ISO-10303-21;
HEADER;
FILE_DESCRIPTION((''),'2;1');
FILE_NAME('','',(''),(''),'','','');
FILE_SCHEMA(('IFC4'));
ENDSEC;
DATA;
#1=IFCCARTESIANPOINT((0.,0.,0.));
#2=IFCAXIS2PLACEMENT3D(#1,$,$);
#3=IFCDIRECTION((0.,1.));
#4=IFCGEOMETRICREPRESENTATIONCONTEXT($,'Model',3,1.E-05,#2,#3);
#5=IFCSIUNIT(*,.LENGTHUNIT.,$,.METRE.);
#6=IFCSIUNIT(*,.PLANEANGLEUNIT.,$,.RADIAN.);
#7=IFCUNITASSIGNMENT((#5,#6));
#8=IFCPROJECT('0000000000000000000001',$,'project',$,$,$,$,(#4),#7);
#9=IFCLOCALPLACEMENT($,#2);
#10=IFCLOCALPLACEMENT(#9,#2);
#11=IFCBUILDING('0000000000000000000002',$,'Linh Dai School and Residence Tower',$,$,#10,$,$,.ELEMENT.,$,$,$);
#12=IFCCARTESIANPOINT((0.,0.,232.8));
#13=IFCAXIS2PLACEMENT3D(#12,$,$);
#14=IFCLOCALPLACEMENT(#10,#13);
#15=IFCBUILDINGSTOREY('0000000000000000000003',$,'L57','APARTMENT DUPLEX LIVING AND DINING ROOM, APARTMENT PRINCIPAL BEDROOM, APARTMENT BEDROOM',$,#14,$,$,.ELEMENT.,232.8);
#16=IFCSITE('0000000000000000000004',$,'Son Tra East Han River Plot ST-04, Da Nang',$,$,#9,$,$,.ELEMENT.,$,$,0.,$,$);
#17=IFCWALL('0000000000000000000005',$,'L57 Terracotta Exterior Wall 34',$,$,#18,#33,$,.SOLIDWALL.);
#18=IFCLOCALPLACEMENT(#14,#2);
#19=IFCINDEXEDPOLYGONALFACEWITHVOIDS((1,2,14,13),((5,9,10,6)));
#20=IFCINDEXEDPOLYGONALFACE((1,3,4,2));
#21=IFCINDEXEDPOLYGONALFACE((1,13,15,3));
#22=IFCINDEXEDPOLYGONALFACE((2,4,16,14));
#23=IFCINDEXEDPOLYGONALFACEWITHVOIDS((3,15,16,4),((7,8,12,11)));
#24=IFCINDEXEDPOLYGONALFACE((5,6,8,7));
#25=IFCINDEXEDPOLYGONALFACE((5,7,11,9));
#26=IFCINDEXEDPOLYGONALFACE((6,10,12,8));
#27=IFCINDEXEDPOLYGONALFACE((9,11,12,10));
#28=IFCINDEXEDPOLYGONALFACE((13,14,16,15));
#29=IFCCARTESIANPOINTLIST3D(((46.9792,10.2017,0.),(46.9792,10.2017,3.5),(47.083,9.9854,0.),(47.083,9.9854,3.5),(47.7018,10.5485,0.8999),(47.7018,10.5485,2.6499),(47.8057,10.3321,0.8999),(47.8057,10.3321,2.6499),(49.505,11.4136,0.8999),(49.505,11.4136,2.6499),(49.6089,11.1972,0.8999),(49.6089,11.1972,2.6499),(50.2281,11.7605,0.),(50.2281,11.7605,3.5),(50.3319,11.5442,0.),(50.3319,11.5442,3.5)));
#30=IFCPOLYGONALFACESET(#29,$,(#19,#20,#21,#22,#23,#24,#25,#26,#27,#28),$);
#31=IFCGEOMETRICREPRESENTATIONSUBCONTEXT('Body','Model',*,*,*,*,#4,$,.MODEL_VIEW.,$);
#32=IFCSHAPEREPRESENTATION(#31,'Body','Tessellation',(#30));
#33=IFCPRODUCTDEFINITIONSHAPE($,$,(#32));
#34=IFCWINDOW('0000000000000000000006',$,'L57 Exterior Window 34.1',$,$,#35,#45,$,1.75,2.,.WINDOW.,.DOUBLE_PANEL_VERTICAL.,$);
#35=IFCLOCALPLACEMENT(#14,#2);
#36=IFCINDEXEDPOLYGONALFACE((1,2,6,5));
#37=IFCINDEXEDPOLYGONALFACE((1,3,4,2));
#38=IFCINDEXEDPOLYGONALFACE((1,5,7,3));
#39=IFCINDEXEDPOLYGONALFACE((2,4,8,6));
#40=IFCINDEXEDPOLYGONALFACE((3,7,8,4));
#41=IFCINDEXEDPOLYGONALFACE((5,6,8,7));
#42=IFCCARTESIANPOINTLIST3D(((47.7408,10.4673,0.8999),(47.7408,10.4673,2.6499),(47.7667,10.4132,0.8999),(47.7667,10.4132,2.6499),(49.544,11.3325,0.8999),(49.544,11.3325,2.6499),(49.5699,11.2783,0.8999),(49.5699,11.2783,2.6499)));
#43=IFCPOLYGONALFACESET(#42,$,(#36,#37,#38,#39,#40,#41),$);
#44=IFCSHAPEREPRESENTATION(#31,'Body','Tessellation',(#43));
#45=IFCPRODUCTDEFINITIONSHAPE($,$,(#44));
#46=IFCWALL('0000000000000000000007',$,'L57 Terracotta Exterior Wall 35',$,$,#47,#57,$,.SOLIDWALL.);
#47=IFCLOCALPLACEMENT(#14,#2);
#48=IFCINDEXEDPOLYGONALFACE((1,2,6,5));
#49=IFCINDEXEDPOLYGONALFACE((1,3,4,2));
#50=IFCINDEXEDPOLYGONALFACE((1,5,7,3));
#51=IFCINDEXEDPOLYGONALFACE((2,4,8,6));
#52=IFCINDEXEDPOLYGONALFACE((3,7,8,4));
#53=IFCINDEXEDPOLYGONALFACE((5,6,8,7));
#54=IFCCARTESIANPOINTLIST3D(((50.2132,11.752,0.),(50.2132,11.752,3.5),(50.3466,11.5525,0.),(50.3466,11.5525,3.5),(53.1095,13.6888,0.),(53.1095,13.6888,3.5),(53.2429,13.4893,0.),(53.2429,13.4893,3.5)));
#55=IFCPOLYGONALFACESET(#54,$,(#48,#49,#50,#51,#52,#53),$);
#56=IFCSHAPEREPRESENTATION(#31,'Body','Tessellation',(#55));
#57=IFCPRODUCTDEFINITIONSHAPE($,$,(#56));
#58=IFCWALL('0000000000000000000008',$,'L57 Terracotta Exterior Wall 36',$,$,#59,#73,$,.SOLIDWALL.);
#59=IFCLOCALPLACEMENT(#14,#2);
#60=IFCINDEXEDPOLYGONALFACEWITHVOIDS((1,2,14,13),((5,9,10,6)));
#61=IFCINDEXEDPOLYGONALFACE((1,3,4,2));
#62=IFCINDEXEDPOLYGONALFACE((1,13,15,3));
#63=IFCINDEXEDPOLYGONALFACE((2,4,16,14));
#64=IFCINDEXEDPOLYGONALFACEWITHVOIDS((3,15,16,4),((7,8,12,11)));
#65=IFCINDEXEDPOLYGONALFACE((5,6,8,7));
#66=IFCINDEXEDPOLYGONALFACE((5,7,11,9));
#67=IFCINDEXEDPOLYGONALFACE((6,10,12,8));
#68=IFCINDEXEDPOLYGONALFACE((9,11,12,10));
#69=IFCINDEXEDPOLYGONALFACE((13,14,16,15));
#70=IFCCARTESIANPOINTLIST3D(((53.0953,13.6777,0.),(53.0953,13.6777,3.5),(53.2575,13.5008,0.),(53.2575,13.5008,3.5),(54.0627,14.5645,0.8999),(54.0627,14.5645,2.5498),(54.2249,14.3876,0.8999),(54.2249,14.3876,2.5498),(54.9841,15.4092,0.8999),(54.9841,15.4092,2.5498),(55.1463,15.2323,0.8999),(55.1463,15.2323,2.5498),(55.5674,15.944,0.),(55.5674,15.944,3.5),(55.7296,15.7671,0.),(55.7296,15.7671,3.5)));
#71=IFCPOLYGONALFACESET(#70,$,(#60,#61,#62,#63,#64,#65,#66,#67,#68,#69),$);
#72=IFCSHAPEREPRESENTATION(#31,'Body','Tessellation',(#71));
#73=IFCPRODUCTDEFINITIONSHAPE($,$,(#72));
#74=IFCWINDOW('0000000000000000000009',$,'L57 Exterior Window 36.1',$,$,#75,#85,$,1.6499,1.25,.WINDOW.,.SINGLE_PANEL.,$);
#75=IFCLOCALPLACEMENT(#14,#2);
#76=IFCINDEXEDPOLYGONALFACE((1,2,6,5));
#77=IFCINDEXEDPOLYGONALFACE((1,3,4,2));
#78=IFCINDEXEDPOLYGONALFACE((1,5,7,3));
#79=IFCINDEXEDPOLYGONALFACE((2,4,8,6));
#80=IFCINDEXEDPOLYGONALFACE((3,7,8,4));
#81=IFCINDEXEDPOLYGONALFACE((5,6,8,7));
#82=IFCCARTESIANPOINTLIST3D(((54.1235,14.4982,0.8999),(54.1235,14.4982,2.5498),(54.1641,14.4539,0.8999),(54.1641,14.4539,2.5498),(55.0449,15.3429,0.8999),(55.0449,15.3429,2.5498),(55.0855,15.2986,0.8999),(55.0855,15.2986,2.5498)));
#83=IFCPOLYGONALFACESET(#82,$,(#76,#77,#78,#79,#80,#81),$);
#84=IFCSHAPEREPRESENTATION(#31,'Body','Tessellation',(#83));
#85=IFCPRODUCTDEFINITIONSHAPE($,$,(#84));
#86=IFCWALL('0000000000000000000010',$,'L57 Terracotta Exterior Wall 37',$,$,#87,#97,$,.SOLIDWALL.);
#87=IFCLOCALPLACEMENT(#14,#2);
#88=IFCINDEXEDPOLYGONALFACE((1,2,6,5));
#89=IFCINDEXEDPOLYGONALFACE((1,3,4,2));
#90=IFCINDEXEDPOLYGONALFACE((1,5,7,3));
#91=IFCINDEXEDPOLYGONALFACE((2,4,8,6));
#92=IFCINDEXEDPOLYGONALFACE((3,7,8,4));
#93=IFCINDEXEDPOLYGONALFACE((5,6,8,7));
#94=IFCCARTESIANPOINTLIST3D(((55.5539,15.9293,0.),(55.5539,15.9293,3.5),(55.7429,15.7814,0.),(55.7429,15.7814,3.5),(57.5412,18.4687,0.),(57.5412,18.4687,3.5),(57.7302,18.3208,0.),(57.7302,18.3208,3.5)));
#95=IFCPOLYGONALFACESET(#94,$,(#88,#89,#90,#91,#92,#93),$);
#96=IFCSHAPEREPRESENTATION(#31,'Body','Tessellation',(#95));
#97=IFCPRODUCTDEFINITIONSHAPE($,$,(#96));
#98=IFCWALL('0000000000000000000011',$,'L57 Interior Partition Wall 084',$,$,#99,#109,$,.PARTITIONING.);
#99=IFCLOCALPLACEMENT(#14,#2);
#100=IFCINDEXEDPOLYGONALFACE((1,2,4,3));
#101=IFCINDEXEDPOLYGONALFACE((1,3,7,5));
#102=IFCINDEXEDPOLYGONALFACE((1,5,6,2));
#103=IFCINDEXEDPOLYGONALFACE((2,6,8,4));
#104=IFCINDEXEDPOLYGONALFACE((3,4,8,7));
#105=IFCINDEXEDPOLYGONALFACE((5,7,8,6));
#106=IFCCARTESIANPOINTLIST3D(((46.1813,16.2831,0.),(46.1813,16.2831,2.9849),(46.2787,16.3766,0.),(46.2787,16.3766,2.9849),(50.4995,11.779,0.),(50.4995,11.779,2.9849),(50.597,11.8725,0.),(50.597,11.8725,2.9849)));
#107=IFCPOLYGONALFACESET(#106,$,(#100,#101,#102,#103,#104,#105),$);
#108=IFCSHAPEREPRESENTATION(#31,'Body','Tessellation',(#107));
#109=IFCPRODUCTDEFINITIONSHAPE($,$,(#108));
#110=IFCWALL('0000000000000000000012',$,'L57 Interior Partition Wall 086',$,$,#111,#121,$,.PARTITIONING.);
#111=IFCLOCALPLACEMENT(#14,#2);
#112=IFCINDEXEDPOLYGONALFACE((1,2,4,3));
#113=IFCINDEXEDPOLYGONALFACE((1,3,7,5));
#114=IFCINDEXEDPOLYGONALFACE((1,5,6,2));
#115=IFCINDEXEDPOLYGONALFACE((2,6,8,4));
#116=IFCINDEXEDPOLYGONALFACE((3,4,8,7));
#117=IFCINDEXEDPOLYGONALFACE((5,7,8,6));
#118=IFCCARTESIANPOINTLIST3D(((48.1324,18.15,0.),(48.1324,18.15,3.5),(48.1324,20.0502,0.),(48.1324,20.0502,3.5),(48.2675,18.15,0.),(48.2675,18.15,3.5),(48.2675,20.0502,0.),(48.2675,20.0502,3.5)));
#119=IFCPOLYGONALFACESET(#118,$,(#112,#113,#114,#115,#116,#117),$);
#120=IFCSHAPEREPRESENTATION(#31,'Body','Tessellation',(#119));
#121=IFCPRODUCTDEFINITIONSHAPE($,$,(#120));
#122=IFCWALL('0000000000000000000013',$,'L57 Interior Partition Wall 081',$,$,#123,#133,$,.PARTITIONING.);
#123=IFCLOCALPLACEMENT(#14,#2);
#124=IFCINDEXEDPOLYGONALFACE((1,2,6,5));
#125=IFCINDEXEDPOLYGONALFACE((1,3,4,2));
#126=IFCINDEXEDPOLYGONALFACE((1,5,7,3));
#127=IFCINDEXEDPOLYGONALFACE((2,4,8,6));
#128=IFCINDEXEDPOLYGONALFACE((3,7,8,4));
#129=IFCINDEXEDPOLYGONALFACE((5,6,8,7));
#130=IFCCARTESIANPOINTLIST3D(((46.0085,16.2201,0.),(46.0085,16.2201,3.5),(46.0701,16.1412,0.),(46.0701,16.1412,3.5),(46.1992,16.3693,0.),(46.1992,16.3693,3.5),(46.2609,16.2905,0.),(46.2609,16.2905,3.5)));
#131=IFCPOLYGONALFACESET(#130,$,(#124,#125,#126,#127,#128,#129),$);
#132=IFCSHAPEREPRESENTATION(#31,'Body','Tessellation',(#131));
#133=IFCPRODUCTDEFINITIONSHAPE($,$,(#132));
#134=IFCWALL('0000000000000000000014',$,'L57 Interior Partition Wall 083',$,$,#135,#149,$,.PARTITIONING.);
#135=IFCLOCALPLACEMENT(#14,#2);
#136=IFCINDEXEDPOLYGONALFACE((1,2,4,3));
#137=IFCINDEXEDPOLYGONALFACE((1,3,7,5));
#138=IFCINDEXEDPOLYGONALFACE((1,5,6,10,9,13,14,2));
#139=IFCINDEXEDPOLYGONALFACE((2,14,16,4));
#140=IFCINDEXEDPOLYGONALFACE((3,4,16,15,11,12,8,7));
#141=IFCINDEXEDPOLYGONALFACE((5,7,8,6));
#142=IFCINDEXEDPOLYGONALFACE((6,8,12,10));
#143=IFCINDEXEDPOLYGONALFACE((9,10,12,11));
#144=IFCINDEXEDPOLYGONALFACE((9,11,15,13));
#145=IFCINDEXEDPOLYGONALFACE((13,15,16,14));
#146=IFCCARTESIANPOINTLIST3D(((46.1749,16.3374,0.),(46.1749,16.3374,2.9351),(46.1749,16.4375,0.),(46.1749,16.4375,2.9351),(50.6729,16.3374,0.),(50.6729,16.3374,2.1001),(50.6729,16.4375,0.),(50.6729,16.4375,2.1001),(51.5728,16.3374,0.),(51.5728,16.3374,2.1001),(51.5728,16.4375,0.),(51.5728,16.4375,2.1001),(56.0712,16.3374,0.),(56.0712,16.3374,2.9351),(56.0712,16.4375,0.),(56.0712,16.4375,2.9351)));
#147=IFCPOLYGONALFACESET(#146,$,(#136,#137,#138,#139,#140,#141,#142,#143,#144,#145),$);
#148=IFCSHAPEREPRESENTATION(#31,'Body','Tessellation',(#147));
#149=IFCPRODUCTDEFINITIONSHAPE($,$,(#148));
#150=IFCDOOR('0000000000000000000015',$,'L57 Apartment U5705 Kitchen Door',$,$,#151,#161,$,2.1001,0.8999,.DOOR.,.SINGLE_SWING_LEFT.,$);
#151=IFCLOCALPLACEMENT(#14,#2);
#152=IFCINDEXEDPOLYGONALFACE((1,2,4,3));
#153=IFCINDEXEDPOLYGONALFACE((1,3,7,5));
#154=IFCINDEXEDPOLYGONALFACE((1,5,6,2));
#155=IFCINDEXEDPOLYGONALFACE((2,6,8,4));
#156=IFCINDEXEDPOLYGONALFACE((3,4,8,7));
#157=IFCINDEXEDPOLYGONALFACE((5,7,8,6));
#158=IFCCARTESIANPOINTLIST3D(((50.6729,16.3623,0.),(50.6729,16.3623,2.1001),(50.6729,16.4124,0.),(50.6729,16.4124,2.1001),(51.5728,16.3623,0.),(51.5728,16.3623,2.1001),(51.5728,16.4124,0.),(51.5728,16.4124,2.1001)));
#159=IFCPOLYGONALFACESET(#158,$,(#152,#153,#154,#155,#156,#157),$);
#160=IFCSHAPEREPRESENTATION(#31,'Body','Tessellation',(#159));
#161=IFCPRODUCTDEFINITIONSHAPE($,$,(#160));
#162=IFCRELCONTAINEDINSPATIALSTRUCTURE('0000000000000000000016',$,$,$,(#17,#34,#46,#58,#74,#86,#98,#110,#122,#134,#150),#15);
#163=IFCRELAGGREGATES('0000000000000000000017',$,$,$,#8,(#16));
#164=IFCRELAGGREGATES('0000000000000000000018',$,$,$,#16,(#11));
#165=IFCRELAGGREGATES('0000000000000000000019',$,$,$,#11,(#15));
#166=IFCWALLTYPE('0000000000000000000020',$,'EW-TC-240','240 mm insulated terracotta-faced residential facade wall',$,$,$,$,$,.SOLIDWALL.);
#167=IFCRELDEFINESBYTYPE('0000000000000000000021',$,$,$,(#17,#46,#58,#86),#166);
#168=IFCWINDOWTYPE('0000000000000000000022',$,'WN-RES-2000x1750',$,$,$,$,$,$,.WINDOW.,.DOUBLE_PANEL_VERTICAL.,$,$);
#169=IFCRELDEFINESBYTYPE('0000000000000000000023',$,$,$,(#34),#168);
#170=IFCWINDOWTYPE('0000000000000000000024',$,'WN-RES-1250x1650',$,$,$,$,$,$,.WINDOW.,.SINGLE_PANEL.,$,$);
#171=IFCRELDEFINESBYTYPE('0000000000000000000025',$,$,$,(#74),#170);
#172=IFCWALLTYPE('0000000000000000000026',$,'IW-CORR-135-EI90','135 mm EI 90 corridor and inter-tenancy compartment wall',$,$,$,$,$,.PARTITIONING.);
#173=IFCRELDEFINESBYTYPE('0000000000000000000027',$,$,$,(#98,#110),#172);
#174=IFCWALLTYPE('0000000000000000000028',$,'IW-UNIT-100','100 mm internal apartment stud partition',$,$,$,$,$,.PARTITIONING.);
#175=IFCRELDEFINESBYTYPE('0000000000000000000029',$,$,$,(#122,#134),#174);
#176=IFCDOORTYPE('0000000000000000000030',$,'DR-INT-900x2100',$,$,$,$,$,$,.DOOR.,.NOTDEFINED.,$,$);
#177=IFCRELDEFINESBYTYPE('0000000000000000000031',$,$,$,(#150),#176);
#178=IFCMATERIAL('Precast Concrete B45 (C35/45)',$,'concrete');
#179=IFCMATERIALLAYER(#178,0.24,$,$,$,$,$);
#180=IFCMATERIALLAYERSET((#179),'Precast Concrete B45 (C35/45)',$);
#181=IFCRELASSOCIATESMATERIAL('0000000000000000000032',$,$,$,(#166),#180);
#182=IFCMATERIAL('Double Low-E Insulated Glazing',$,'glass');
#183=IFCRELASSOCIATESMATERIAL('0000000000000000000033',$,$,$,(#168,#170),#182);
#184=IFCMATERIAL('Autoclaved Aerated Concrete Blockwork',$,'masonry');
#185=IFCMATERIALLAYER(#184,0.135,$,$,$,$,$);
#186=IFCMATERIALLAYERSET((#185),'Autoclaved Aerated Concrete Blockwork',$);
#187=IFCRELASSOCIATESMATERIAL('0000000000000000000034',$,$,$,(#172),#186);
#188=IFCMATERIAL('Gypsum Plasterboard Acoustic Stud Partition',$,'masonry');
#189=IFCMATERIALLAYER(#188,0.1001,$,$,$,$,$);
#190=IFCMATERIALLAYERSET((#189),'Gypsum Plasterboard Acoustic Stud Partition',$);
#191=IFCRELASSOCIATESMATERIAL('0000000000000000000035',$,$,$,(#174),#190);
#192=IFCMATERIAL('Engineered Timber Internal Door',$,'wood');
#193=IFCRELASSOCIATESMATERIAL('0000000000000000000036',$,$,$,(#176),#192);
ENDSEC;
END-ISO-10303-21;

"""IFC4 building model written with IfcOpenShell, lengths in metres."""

from ifc_helpers import new_model, si_unit, direction, frame, frame_2d, origin, origin_2d, place, context, subcontext, project, spatial, rectangle, extrude, source, transform, mapped, material, layer, layer_set, type_object, element, fill, save


model = new_model("IFC4")

# Units and contexts
model_context = context("Model", 3, precision=1e-05, world=origin(), true_north=direction((0.0, 1.0)))
body_context = subcontext(model_context, "Body", "Model", "MODEL_VIEW")
ifc_project = project(units=[si_unit("LENGTHUNIT", "METRE"), si_unit("PLANEANGLEUNIT", "RADIAN")], contexts=[model_context])

# Site, building, storey
site_placement = place(None, origin())
site = spatial("IfcSite", under=ifc_project, at=site_placement, Name="Son Tra East Han River Plot ST-04, Da Nang", CompositionType="ELEMENT", RefElevation=0.0)
building_placement = place(site_placement, origin())
building = spatial("IfcBuilding", under=site, at=building_placement, Name="Linh Dai School and Residence Tower", CompositionType="ELEMENT")
storey_placement = place(building_placement, frame((0.0, 0.0, 232.8)))
storey = spatial("IfcBuildingStorey", under=building, at=storey_placement, Name="L57", Description="APARTMENT DUPLEX LIVING AND DINING ROOM, APARTMENT PRINCIPAL BEDROOM, APARTMENT BEDROOM", CompositionType="ELEMENT", Elevation=232.8)

# Shared definitions
ifc_material_1 = material(Name="Precast Concrete B45 (C35/45)", Category="concrete")

# Wall, opening, window
ifc_layer_1 = layer(ifc_material_1, 0.24)
ifc_layer_set_1 = layer_set([ifc_layer_1], Name="Precast Concrete B45 (C35/45)")
wall_type_1 = type_object("IfcWallType", Name="EW-TC-240", Description="240 mm insulated terracotta-faced residential facade wall", PredefinedType="SOLIDWALL", material=ifc_layer_set_1)
ifc_material_2 = material(Name="Double Low-E Insulated Glazing", Category="glass")
window_type_1 = type_object("IfcWindowType", Name="WN-RES-2000x1750", PartitioningType="DOUBLE_PANEL_VERTICAL", PredefinedType="WINDOW", material=ifc_material_2)
shared_shape_1 = source(origin(), body_context, "Body", "SweptSolid", [
    extrude(rectangle(XDim=2.0, YDim=1.75, at=origin_2d()), frame((1.0, 0.03, 0.875), z_axis=(0.0, -1.0, 0.0), x_axis=(1.0, 0.0, 0.0)), (0.0, 0.0, 1.0), 0.0601),
])
wall_1_placement = place(storey_placement, frame((50.28, 11.6523, 0.0), z_axis=(0.0, 0.0, 1.0), x_axis=(-0.901598, -0.432575, 0.0)))
wall_1 = element("IfcWall", 1, at=wall_1_placement, inside=storey, type_object=wall_type_1, Name="L57 Terracotta Exterior Wall 34", PredefinedType="SOLIDWALL", context=body_context, shape_type="SweptSolid", body=[
    extrude(rectangle(XDim=3.6035, YDim=0.24, at=frame_2d((1.8018, 0.0))), origin(), (0.0, 0.0, 1.0), 3.5),
])
opening_1_placement = place(wall_1_placement, frame((0.802, 0.0, 0.8999)))
opening_1 = element("IfcOpeningElement", 2, at=opening_1_placement, cuts=wall_1, PredefinedType="OPENING", context=body_context, shape_type="SweptSolid", body=[
    extrude(rectangle(XDim=2.0, YDim=1.75, at=origin_2d()), frame((1.0, 0.1299, 0.875), z_axis=(0.0, -1.0, 0.0), x_axis=(1.0, 0.0, 0.0)), (0.0, 0.0, 1.0), 0.26),
])
window_1_placement = place(opening_1_placement, origin())
window_1 = element("IfcWindow", 3, at=window_1_placement, inside=storey, type_object=window_type_1, Name="L57 Exterior Window 34.1", OverallHeight=1.75, OverallWidth=2.0, PartitioningType="DOUBLE_PANEL_VERTICAL", PredefinedType="WINDOW", context=body_context, shape_type="MappedRepresentation", body=[
    mapped(shared_shape_1, transform((0.0, 0.0, 0.0), x_axis=(1.0, 0.0, 0.0), y_axis=(0.0, 1.0, 0.0), z_axis=(0.0, 0.0, 1.0), scale=1.0)),
])
fill(opening_1, window_1)

# Wall
wall_2_placement = place(storey_placement, frame((53.1763, 13.5891, 0.0), z_axis=(0.0, 0.0, 1.0), x_axis=(-0.831262, -0.55588, 0.0)))
element("IfcWall", 4, at=wall_2_placement, inside=storey, type_object=wall_type_1, Name="L57 Terracotta Exterior Wall 35", PredefinedType="SOLIDWALL", context=body_context, shape_type="SweptSolid", body=[
    extrude(rectangle(XDim=3.4841, YDim=0.24, at=frame_2d((1.7422, 0.0))), origin(), (0.0, 0.0, 1.0), 3.5),
])

# Wall, opening, window
wall_3_placement = place(storey_placement, frame((55.6484, 15.8555, 0.0), z_axis=(0.0, 0.0, 1.0), x_axis=(-0.737124, -0.675758, 0.0)))
wall_3 = element("IfcWall", 5, at=wall_3_placement, inside=storey, type_object=wall_type_1, Name="L57 Terracotta Exterior Wall 36", PredefinedType="SOLIDWALL", context=body_context, shape_type="SweptSolid", body=[
    extrude(rectangle(XDim=3.3538, YDim=0.24, at=frame_2d((1.6768, 0.0))), origin(), (0.0, 0.0, 1.0), 3.5),
])
opening_2_placement = place(wall_3_placement, frame((0.7913, 0.0, 0.8999)))
opening_2 = element("IfcOpeningElement", 6, at=opening_2_placement, cuts=wall_3, PredefinedType="OPENING", context=body_context, shape_type="SweptSolid", body=[
    extrude(rectangle(XDim=1.25, YDim=1.6499, at=origin_2d()), frame((0.625, 0.1299, 0.825), z_axis=(0.0, -1.0, 0.0), x_axis=(1.0, 0.0, 0.0)), (0.0, 0.0, 1.0), 0.26),
])
window_type_2 = type_object("IfcWindowType", Name="WN-RES-1250x1650", PartitioningType="SINGLE_PANEL", PredefinedType="WINDOW", material=ifc_material_2)
shared_shape_2 = source(origin(), body_context, "Body", "SweptSolid", [
    extrude(rectangle(XDim=1.25, YDim=1.6499, at=origin_2d()), frame((0.625, 0.03, 0.825), z_axis=(0.0, -1.0, 0.0), x_axis=(1.0, 0.0, 0.0)), (0.0, 0.0, 1.0), 0.0601),
])
window_2_placement = place(opening_2_placement, origin())
window_2 = element("IfcWindow", 7, at=window_2_placement, inside=storey, type_object=window_type_2, Name="L57 Exterior Window 36.1", OverallHeight=1.6499, OverallWidth=1.25, PartitioningType="SINGLE_PANEL", PredefinedType="WINDOW", context=body_context, shape_type="MappedRepresentation", body=[
    mapped(shared_shape_2, transform((0.0, 0.0, 0.0), x_axis=(1.0, 0.0, 0.0), y_axis=(0.0, 1.0, 0.0), z_axis=(0.0, 0.0, 1.0), scale=1.0)),
])
fill(opening_2, window_2)

# Walls
wall_4_placement = place(storey_placement, frame((57.6357, 18.3948, 0.0), z_axis=(0.0, 0.0, 1.0), x_axis=(-0.616312, -0.787502, 0.0)))
element("IfcWall", 8, at=wall_4_placement, inside=storey, type_object=wall_type_1, Name="L57 Terracotta Exterior Wall 37", PredefinedType="SOLIDWALL", context=body_context, shape_type="SweptSolid", body=[
    extrude(rectangle(XDim=3.2246, YDim=0.24, at=frame_2d((1.6123, 0.0))), origin(), (0.0, 0.0, 1.0), 3.5),
])
ifc_material_3 = material(Name="Autoclaved Aerated Concrete Blockwork", Category="masonry")
ifc_layer_2 = layer(ifc_material_3, 0.135)
ifc_layer_set_2 = layer_set([ifc_layer_2], Name="Autoclaved Aerated Concrete Blockwork")
wall_type_2 = type_object("IfcWallType", Name="IW-CORR-135-EI90", Description="135 mm EI 90 corridor and inter-tenancy compartment wall", PredefinedType="PARTITIONING", material=ifc_layer_set_2)
wall_5_placement = place(storey_placement, frame((46.23, 16.3298, 0.0), z_axis=(0.0, 0.0, 1.0), x_axis=(0.692063, -0.721838, 0.0)))
element("IfcWall", 9, at=wall_5_placement, inside=storey, type_object=wall_type_2, Name="L57 Interior Partition Wall 084", PredefinedType="PARTITIONING", context=body_context, shape_type="SweptSolid", body=[
    extrude(rectangle(XDim=6.2397, YDim=0.135, at=frame_2d((3.1199, 0.0))), origin(), (0.0, 0.0, 1.0), 2.9849),
])
wall_6_placement = place(storey_placement, frame((48.2, 18.1499, 0.0), z_axis=(0.0, 0.0, 1.0), x_axis=(0.0, 1.0, 0.0)))
element("IfcWall", 10, at=wall_6_placement, inside=storey, type_object=wall_type_2, Name="L57 Interior Partition Wall 086", PredefinedType="PARTITIONING", context=body_context, shape_type="SweptSolid", body=[
    extrude(rectangle(XDim=1.9001, YDim=0.135, at=frame_2d((0.9502, 0.0))), origin(), (0.0, 0.0, 1.0), 3.5),
])
ifc_material_4 = material(Name="Gypsum Plasterboard Acoustic Stud Partition", Category="masonry")
ifc_layer_3 = layer(ifc_material_4, 0.1001)
ifc_layer_set_3 = layer_set([ifc_layer_3], Name="Gypsum Plasterboard Acoustic Stud Partition")
wall_type_3 = type_object("IfcWallType", Name="IW-UNIT-100", Description="100 mm internal apartment stud partition", PredefinedType="PARTITIONING", material=ifc_layer_set_3)
wall_7_placement = place(storey_placement, frame((46.0393, 16.1807, 0.0), z_axis=(0.0, 0.0, 1.0), x_axis=(0.787611, 0.616172, 0.0)))
element("IfcWall", 11, at=wall_7_placement, inside=storey, type_object=wall_type_3, Name="L57 Interior Partition Wall 081", PredefinedType="PARTITIONING", context=body_context, shape_type="SweptSolid", body=[
    extrude(rectangle(XDim=0.2422, YDim=0.1001, at=frame_2d((0.1211, 0.0))), origin(), (0.0, 0.0, 1.0), 3.5),
])

# Wall, opening, door
wall_8_placement = place(storey_placement, frame((46.1748, 16.3875, 0.0), z_axis=(0.0, 0.0, 1.0), x_axis=(1.0, 0.0, 0.0)))
wall_8 = element("IfcWall", 12, at=wall_8_placement, inside=storey, type_object=wall_type_3, Name="L57 Interior Partition Wall 083", PredefinedType="PARTITIONING", context=body_context, shape_type="SweptSolid", body=[
    extrude(rectangle(XDim=9.8962, YDim=0.1001, at=frame_2d((4.9482, 0.0))), origin(), (0.0, 0.0, 1.0), 2.9351),
])
opening_3_placement = place(wall_8_placement, frame((4.498, 0.0, 0.0)))
opening_3 = element("IfcOpeningElement", 13, at=opening_3_placement, cuts=wall_8, PredefinedType="OPENING", context=body_context, shape_type="SweptSolid", body=[
    extrude(rectangle(XDim=0.8999, YDim=2.1001, at=origin_2d()), frame((0.45, 0.0601, 1.05), z_axis=(0.0, -1.0, 0.0), x_axis=(1.0, 0.0, 0.0)), (0.0, 0.0, 1.0), 0.1201),
])
ifc_material_5 = material(Name="Engineered Timber Internal Door", Category="wood")
door_type_1 = type_object("IfcDoorType", Name="DR-INT-900x2100", OperationType="NOTDEFINED", PredefinedType="DOOR", material=ifc_material_5)
shared_shape_3 = source(origin(), body_context, "Body", "SweptSolid", [
    extrude(rectangle(XDim=0.8999, YDim=2.1001, at=origin_2d()), frame((0.45, 0.0249, 1.05), z_axis=(0.0, -1.0, 0.0), x_axis=(1.0, 0.0, 0.0)), (0.0, 0.0, 1.0), 0.05),
])
door_1_placement = place(opening_3_placement, origin())
door_1 = element("IfcDoor", 14, at=door_1_placement, inside=storey, type_object=door_type_1, Name="L57 Apartment U5705 Kitchen Door", OperationType="SINGLE_SWING_LEFT", OverallHeight=2.1001, OverallWidth=0.8999, PredefinedType="DOOR", context=body_context, shape_type="MappedRepresentation", body=[
    mapped(shared_shape_3, transform((0.0, 0.0, 0.0), x_axis=(1.0, 0.0, 0.0), y_axis=(0.0, 1.0, 0.0), z_axis=(0.0, 0.0, 1.0), scale=1.0)),
])
fill(opening_3, door_1)

save(model, "model.ifc")
